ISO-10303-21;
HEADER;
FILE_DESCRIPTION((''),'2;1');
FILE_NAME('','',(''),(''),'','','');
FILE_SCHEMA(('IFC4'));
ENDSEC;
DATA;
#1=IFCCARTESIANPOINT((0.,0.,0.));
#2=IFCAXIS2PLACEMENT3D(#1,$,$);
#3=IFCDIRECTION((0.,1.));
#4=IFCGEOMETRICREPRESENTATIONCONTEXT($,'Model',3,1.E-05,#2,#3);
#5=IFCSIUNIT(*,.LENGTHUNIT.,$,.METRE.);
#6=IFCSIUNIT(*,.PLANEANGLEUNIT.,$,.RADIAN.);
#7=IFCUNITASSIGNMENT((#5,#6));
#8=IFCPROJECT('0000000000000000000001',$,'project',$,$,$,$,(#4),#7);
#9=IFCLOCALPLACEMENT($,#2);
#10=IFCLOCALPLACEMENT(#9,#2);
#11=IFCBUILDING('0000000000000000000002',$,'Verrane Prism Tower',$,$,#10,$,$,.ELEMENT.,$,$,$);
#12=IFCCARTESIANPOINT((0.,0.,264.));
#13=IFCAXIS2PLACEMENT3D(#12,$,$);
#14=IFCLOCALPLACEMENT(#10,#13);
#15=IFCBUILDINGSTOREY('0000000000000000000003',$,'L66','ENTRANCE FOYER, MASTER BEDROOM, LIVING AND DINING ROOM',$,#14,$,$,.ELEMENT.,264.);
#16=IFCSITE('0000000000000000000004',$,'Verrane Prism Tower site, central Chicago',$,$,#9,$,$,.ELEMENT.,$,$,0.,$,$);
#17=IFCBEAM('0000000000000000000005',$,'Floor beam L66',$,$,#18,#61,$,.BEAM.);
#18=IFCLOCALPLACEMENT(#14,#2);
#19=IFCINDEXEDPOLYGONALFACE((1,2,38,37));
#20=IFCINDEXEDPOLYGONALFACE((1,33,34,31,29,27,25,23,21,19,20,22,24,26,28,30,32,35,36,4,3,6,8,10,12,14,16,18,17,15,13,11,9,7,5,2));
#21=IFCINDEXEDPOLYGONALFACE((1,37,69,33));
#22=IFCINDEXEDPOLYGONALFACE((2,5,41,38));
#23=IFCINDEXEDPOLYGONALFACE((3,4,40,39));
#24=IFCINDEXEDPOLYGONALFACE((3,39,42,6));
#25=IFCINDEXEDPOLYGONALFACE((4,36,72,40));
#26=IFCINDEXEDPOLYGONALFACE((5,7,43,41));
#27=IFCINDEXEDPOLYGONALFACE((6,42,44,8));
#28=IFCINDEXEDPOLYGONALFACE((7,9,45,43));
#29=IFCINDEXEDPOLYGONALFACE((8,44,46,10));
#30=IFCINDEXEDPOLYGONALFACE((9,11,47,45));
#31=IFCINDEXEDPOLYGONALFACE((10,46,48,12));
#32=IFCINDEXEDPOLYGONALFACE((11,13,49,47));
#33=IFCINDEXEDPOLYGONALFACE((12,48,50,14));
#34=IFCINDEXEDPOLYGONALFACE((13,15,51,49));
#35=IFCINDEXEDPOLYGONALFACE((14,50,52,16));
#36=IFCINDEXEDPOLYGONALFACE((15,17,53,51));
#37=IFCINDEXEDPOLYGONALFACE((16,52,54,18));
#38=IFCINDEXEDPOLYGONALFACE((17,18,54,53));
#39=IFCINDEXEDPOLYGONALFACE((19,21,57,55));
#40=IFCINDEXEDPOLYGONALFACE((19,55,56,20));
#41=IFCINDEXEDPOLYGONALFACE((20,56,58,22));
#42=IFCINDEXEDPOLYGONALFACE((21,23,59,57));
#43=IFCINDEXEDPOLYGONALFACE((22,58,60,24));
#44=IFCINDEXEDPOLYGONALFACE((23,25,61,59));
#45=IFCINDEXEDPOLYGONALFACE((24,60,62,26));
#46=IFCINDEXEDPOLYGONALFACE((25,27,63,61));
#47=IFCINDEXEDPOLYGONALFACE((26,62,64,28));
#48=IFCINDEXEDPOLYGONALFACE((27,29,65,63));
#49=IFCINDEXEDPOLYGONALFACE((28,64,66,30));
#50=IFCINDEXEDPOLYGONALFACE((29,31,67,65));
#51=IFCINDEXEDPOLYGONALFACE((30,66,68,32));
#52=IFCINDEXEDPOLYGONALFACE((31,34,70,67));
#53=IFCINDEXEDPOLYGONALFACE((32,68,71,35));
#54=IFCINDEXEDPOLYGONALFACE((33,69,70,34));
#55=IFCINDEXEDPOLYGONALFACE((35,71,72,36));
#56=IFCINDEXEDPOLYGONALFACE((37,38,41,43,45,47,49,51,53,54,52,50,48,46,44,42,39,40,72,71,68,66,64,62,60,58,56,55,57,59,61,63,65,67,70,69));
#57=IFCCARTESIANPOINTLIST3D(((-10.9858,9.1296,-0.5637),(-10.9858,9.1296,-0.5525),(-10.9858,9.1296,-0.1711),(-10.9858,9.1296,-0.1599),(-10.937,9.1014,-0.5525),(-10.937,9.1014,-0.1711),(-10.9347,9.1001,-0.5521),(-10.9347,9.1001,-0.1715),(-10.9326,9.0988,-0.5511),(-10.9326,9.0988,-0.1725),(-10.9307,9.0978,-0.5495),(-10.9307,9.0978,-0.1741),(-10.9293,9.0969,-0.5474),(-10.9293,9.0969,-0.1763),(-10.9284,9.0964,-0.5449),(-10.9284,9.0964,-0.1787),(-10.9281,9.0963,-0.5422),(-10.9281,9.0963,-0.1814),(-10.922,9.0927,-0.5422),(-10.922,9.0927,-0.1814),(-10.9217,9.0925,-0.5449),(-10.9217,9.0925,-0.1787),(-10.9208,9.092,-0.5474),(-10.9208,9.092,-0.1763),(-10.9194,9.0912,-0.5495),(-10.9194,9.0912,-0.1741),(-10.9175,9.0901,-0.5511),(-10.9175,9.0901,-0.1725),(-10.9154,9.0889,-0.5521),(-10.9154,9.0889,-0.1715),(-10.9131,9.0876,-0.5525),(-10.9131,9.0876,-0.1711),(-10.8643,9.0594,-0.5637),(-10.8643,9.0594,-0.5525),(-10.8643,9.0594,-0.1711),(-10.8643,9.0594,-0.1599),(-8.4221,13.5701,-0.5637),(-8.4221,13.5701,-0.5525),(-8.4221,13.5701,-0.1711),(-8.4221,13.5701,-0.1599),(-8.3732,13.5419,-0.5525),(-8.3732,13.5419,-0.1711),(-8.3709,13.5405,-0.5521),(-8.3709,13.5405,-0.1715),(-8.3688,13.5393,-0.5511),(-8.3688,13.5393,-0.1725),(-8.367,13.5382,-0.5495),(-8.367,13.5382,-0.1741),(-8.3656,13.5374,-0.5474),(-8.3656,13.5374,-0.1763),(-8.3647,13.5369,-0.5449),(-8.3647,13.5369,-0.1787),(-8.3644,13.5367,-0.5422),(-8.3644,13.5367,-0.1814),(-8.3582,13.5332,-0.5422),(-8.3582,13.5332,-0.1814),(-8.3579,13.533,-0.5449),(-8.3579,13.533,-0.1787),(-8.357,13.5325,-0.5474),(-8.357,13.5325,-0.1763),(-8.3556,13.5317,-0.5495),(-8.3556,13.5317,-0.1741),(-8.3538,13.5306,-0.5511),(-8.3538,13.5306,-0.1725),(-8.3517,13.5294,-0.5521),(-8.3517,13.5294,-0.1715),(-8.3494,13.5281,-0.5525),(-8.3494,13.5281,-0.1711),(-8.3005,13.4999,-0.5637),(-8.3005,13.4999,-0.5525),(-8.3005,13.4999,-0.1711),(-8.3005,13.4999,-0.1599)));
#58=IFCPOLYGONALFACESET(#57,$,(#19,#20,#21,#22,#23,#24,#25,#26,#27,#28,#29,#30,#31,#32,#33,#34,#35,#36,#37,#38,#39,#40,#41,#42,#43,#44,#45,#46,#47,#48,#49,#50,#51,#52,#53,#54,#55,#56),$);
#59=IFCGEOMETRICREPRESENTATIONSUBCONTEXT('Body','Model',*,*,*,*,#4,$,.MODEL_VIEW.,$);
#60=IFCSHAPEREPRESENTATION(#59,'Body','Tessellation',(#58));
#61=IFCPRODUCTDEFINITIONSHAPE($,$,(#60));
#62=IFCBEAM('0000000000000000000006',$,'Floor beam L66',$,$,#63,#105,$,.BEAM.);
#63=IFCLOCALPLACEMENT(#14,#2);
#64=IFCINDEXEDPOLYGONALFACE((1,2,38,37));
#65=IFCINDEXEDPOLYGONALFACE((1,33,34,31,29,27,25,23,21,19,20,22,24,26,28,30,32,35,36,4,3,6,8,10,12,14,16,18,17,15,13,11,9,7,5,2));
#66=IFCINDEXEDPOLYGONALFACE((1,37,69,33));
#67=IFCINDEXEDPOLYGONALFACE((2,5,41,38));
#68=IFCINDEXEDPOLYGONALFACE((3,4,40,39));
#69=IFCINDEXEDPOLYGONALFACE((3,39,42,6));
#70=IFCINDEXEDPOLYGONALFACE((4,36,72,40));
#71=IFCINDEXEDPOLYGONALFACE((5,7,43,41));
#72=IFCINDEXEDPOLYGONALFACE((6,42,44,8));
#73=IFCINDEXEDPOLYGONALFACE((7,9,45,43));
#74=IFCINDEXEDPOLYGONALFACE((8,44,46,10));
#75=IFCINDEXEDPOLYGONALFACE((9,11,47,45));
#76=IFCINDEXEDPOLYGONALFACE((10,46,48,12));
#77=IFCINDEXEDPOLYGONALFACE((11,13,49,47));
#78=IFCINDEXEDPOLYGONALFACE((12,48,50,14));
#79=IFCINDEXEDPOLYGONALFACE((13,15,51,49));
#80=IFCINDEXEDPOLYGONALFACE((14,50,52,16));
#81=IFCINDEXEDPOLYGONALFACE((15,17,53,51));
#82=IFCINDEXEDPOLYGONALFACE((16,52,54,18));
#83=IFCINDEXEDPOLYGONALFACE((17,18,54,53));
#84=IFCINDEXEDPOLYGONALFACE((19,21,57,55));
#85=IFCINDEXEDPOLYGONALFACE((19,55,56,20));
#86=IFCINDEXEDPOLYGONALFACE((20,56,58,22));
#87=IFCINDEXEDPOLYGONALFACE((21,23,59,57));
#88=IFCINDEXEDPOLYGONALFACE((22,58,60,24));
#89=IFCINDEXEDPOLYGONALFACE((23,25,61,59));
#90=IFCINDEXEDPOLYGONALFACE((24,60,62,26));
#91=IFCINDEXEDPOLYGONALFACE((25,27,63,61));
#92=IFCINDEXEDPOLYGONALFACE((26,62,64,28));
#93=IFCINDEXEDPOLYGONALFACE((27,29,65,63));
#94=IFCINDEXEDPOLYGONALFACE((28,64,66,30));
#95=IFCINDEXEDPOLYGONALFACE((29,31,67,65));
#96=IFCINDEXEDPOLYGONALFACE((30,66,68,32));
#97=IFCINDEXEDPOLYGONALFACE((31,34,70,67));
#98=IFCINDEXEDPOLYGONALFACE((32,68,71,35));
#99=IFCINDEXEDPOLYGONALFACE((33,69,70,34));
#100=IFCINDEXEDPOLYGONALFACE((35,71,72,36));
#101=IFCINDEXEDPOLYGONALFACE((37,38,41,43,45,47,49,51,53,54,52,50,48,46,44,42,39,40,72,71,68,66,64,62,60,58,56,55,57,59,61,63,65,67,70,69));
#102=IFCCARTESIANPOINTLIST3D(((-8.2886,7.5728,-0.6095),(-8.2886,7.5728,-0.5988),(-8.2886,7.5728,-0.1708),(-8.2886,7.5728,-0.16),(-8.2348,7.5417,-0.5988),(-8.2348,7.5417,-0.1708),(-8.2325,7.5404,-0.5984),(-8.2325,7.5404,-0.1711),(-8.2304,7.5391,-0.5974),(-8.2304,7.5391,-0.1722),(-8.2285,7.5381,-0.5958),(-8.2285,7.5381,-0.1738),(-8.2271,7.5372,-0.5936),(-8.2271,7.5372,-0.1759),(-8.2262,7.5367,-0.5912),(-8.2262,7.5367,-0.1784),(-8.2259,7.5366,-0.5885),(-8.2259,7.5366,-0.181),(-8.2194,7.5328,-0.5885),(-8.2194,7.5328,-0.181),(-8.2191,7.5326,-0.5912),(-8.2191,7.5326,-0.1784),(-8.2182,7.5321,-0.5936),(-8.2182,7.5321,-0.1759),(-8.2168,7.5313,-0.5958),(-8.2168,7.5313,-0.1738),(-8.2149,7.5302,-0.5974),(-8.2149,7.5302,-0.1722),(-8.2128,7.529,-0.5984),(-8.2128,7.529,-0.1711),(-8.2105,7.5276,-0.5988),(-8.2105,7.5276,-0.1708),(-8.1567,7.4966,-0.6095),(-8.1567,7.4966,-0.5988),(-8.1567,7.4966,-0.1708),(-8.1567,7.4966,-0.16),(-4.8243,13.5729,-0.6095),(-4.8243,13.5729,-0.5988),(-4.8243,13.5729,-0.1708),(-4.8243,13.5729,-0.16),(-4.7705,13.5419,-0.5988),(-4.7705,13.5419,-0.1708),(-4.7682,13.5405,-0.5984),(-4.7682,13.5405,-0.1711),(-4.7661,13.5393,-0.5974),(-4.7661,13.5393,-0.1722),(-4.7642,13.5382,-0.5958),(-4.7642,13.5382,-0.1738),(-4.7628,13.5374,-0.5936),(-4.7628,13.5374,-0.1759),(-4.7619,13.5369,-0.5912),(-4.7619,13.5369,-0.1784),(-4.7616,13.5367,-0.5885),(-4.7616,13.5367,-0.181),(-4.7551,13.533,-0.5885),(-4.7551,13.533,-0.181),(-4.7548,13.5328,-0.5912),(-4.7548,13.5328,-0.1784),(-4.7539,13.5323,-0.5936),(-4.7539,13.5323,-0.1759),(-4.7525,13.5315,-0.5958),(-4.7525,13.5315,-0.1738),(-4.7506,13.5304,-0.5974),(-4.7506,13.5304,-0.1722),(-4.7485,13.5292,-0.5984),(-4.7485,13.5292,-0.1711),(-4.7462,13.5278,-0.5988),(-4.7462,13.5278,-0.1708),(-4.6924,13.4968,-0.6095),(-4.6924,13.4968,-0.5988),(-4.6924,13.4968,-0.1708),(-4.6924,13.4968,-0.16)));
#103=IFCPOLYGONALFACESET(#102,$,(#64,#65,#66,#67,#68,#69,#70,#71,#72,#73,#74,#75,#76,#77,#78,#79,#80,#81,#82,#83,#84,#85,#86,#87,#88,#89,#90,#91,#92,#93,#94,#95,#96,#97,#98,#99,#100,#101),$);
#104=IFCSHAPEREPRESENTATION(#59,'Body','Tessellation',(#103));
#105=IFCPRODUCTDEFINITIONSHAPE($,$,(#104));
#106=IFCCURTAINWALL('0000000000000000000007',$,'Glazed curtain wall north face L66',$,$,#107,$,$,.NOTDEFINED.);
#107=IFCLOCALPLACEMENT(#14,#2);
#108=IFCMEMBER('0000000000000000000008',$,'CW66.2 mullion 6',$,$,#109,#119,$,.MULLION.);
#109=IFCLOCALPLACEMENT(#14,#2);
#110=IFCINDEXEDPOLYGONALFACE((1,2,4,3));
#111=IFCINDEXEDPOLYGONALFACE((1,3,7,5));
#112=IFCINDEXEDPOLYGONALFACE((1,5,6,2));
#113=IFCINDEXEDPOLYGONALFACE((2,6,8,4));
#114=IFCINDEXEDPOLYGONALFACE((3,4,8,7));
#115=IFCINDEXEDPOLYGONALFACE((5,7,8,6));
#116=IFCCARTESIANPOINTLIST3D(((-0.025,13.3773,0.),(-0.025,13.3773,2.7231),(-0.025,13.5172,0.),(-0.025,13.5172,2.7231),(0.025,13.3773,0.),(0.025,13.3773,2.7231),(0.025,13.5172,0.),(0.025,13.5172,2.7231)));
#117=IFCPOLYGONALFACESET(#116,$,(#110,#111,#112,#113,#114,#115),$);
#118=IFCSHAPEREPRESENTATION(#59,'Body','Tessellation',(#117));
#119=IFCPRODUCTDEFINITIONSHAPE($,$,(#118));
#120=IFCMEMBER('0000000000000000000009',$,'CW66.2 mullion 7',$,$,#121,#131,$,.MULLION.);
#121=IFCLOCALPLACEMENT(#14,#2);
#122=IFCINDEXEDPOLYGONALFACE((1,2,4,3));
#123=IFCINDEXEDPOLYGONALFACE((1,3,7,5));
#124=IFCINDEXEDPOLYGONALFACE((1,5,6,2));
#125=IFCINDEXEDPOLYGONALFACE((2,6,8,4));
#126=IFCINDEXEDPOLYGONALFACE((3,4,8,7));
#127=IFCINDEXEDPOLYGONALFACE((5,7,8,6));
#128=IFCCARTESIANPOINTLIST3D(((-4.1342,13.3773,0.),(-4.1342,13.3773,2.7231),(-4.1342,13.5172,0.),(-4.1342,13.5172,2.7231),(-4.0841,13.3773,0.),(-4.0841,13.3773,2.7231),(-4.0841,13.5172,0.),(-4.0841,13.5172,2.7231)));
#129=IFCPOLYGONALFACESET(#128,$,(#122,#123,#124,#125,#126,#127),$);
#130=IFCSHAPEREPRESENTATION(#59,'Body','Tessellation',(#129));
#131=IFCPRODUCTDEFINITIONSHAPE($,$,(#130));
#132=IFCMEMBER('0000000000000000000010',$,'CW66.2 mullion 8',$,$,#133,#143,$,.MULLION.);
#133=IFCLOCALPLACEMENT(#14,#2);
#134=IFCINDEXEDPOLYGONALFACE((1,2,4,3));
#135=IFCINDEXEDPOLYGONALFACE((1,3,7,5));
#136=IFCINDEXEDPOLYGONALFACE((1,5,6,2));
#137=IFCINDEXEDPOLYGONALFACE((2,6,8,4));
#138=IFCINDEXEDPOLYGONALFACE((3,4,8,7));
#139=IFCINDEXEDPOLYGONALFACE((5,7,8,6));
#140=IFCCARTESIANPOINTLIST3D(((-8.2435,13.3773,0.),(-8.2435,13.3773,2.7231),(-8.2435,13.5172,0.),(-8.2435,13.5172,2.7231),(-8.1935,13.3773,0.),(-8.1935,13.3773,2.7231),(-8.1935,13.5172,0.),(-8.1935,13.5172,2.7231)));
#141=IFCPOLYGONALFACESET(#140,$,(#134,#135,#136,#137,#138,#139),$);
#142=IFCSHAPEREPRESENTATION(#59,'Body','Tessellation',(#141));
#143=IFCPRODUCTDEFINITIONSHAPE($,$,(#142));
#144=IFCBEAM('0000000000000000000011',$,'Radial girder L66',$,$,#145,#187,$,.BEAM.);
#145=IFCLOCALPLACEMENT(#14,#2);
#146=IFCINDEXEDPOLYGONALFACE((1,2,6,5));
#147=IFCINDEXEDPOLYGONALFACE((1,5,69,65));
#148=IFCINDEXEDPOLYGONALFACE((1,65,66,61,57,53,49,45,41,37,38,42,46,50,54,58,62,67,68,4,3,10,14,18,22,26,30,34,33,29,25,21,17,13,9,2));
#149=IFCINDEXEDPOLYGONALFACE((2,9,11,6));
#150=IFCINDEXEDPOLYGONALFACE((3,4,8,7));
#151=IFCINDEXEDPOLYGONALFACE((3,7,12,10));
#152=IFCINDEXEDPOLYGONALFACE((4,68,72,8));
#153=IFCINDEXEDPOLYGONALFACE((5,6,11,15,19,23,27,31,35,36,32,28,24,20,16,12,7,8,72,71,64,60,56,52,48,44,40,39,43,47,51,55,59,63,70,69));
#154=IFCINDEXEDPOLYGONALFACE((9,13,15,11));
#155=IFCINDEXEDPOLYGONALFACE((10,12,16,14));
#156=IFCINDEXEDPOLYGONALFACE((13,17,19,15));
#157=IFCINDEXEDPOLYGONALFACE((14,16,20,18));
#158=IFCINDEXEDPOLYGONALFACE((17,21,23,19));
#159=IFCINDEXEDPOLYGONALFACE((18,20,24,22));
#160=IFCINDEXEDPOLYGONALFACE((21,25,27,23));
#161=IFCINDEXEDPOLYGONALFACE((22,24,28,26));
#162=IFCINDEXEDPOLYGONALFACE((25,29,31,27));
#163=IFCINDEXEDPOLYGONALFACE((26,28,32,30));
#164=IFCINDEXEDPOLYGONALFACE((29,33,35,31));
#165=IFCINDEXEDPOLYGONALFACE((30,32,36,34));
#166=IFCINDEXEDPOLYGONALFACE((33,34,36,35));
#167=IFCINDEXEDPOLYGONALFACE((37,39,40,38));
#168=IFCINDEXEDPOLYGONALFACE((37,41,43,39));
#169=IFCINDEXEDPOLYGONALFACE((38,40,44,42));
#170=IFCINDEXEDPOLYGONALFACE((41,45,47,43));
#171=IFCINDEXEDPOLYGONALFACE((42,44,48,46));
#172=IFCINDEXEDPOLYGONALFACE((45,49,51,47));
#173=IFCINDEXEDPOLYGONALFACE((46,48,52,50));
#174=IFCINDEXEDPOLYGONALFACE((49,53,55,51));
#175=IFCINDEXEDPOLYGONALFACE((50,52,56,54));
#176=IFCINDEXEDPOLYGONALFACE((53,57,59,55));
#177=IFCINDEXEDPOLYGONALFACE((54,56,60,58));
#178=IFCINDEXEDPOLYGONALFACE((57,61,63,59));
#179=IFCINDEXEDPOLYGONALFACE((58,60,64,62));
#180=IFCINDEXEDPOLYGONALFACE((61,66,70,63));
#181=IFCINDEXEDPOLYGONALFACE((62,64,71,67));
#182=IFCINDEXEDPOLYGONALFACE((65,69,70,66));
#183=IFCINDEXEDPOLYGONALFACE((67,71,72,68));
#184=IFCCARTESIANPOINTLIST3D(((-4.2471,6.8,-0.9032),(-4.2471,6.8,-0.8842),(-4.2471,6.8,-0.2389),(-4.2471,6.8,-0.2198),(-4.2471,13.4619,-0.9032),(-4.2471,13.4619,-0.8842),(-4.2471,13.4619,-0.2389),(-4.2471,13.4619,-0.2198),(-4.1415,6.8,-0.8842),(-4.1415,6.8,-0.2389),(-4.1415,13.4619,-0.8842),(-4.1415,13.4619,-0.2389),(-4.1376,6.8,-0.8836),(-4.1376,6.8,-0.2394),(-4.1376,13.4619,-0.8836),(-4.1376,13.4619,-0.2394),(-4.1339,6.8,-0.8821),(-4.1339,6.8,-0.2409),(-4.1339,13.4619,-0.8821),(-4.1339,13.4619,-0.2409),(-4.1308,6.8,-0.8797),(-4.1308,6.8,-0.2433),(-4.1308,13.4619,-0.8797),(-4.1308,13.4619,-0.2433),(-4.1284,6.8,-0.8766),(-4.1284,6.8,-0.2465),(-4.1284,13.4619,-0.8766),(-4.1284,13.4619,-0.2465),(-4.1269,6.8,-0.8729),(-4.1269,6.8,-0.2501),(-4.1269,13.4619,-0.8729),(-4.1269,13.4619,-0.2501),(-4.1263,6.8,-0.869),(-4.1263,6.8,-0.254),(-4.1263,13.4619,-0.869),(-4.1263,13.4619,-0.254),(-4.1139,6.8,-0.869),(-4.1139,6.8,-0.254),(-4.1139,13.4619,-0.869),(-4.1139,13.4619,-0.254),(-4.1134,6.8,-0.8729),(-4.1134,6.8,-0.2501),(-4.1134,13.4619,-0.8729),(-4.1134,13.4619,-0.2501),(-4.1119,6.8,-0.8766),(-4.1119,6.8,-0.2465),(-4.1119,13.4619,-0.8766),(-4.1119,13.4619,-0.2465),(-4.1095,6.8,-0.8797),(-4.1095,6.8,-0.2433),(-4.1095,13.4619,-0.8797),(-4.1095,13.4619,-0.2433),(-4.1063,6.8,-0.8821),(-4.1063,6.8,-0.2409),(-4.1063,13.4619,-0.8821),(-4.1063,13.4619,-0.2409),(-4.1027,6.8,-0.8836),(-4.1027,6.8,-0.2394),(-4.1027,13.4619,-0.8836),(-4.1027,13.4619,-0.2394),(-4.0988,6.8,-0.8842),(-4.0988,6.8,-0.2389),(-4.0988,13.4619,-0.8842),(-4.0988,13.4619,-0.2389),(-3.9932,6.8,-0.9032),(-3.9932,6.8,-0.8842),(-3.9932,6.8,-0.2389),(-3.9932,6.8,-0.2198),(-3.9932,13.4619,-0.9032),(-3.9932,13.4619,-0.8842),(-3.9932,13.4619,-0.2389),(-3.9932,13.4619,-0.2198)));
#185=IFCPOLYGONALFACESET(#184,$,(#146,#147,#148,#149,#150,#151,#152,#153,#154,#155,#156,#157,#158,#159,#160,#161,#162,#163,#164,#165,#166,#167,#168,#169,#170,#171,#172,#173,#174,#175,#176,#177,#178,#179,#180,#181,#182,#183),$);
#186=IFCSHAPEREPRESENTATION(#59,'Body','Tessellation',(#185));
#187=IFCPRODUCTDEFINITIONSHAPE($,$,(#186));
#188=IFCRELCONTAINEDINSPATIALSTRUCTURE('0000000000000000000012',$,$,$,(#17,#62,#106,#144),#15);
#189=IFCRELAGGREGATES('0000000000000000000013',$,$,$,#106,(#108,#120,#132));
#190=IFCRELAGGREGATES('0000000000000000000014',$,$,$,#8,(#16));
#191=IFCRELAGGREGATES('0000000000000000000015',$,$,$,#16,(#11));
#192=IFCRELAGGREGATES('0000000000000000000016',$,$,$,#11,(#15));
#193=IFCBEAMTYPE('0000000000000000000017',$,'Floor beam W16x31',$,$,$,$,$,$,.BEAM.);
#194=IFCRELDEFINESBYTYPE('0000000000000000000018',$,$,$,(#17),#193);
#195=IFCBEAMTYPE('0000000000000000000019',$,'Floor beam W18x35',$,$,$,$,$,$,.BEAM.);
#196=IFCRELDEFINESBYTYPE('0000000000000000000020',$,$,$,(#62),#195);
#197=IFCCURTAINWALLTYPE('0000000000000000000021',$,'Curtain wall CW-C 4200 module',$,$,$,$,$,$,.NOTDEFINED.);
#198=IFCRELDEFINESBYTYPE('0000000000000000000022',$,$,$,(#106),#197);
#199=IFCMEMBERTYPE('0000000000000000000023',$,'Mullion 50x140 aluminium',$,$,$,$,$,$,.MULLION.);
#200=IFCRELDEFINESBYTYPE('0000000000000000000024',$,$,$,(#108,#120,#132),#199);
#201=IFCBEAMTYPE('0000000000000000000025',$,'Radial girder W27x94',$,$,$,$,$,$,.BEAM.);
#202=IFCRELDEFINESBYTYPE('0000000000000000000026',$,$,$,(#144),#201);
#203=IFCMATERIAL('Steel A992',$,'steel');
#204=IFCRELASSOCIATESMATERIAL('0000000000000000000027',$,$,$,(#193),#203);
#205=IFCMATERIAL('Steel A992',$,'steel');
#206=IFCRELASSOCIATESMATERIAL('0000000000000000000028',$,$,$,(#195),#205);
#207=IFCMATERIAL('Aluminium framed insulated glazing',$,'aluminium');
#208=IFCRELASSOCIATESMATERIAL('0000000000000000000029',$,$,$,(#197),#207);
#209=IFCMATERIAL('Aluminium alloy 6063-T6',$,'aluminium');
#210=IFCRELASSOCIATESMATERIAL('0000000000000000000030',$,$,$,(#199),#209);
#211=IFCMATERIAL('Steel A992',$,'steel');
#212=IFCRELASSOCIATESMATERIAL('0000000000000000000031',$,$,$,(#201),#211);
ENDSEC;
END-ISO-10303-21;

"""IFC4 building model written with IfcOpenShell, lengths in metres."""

from ifc_helpers import new_model, si_unit, direction, frame, origin, origin_2d, place, context, subcontext, project, spatial, rectangle, i_section, extrude, material, material_profile, profile_set, type_object, element, aggregate, save


model = new_model("IFC4")

# Units and contexts
model_context = context("Model", 3, precision=1e-05, world=origin(), true_north=direction((0.0, 1.0)))
body_context = subcontext(model_context, "Body", "Model", "MODEL_VIEW")
ifc_project = project(units=[si_unit("LENGTHUNIT", "METRE"), si_unit("PLANEANGLEUNIT", "RADIAN")], contexts=[model_context])

# Site, building, storey
site_placement = place(None, origin())
site = spatial("IfcSite", under=ifc_project, at=site_placement, Name="Verrane Prism Tower site, central Chicago", CompositionType="ELEMENT", RefElevation=0.0)
building_placement = place(site_placement, origin())
building = spatial("IfcBuilding", under=site, at=building_placement, Name="Verrane Prism Tower", CompositionType="ELEMENT")
storey_placement = place(building_placement, frame((0.0, 0.0, 264.0)))
storey = spatial("IfcBuildingStorey", under=building, at=storey_placement, Name="L66", Description="ENTRANCE FOYER, MASTER BEDROOM, LIVING AND DINING ROOM", CompositionType="ELEMENT", Elevation=264.0)

# Beams
ifc_material_1 = material(Name="Steel A992", Category="steel")
ifc_material_profile_1 = material_profile(ifc_material_1, i_section(OverallWidth=0.1404, OverallDepth=0.4038, WebThickness=0.0071, FlangeThickness=0.0112, FilletRadius=0.0103, at=origin_2d()), Name="W16x31")
ifc_profile_set_1 = profile_set([ifc_material_profile_1], Name="Steel A992")
beam_type_1 = type_object("IfcBeamType", Name="Floor beam W16x31", PredefinedType="BEAM", material=ifc_profile_set_1)
beam_1_placement = place(storey_placement, frame((-10.925, 9.0945, -0.3618), z_axis=(0.500005, 0.866022, 0.0), x_axis=(-0.866022, 0.500005, 0.0)))
element("IfcBeam", 1, at=beam_1_placement, inside=storey, type_object=beam_type_1, Name="Floor beam L66", PredefinedType="BEAM", context=body_context, shape_type="SweptSolid", body=[
    extrude(i_section(OverallWidth=0.1404, OverallDepth=0.4038, WebThickness=0.0071, FlangeThickness=0.0112, FilletRadius=0.0103, at=origin_2d()), origin(), (0.0, 0.0, 1.0), 5.1274),
])
ifc_material_2 = material(Name="Steel A992", Category="steel")
ifc_material_profile_2 = material_profile(ifc_material_2, i_section(OverallWidth=0.1523, OverallDepth=0.4495, WebThickness=0.0076, FlangeThickness=0.0107, FilletRadius=0.0103, at=origin_2d()), Name="W18x35")
ifc_profile_set_2 = profile_set([ifc_material_profile_2], Name="Steel A992")
beam_type_2 = type_object("IfcBeamType", Name="Floor beam W18x35", PredefinedType="BEAM", material=ifc_profile_set_2)
beam_2_placement = place(storey_placement, frame((-8.2227, 7.5347, -0.3848), z_axis=(0.500012, 0.866018, 0.0), x_axis=(-0.866018, 0.500012, 0.0)))
element("IfcBeam", 2, at=beam_2_placement, inside=storey, type_object=beam_type_2, Name="Floor beam L66", PredefinedType="BEAM", context=body_context, shape_type="SweptSolid", body=[
    extrude(i_section(OverallWidth=0.1523, OverallDepth=0.4495, WebThickness=0.0076, FlangeThickness=0.0107, FilletRadius=0.0103, at=origin_2d()), origin(), (0.0, 0.0, 1.0), 6.9285),
])

# Curtain wall, members
ifc_material_3 = material(Name="Aluminium framed insulated glazing", Category="aluminium")
curtain_wall_type = type_object("IfcCurtainWallType", Name="Curtain wall CW-C 4200 module", PredefinedType="NOTDEFINED", material=ifc_material_3)
curtain_wall_placement = place(storey_placement, origin())
curtain_wall = element("IfcCurtainWall", 3, at=curtain_wall_placement, inside=storey, type_object=curtain_wall_type, Name="Glazed curtain wall north face L66", PredefinedType="NOTDEFINED")
ifc_material_4 = material(Name="Aluminium alloy 6063-T6", Category="aluminium")
ifc_material_profile_3 = material_profile(ifc_material_4, rectangle(XDim=0.1399, YDim=0.05, at=origin_2d()), Name="Mullion 50x140 aluminium")
ifc_profile_set_3 = profile_set([ifc_material_profile_3], Name="Aluminium alloy 6063-T6")
member_type_1 = type_object("IfcMemberType", Name="Mullion 50x140 aluminium", PredefinedType="MULLION", material=ifc_profile_set_3)
member_1_placement = place(storey_placement, frame((0.0, 13.4473, 0.0), z_axis=(0.0, 0.0, 1.0), x_axis=(0.0, -1.0, 0.0)))
member_1 = element("IfcMember", 4, at=member_1_placement, type_object=member_type_1, Name="CW66.2 mullion 6", PredefinedType="MULLION", context=body_context, shape_type="SweptSolid", body=[
    extrude(rectangle(XDim=0.1399, YDim=0.05, at=origin_2d()), origin(), (0.0, 0.0, 1.0), 2.7231),
])
member_2_placement = place(storey_placement, frame((-4.1091, 13.4473, 0.0), z_axis=(0.0, 0.0, 1.0), x_axis=(0.0, -1.0, 0.0)))
member_2 = element("IfcMember", 5, at=member_2_placement, type_object=member_type_1, Name="CW66.2 mullion 7", PredefinedType="MULLION", context=body_context, shape_type="SweptSolid", body=[
    extrude(rectangle(XDim=0.1399, YDim=0.05, at=origin_2d()), origin(), (0.0, 0.0, 1.0), 2.7231),
])
member_3_placement = place(storey_placement, frame((-8.2185, 13.4473, 0.0), z_axis=(0.0, 0.0, 1.0), x_axis=(0.0, -1.0, 0.0)))
member_3 = element("IfcMember", 6, at=member_3_placement, type_object=member_type_1, Name="CW66.2 mullion 8", PredefinedType="MULLION", context=body_context, shape_type="SweptSolid", body=[
    extrude(rectangle(XDim=0.1399, YDim=0.05, at=origin_2d()), origin(), (0.0, 0.0, 1.0), 2.7231),
])

# Beam
ifc_material_5 = material(Name="Steel A992", Category="steel")
ifc_material_profile_4 = material_profile(ifc_material_5, i_section(OverallWidth=0.2539, OverallDepth=0.6833, WebThickness=0.0125, FlangeThickness=0.019, FilletRadius=0.0151, at=origin_2d()), Name="W27x94")
ifc_profile_set_4 = profile_set([ifc_material_profile_4], Name="Steel A992")
beam_type_3 = type_object("IfcBeamType", Name="Radial girder W27x94", PredefinedType="BEAM", material=ifc_profile_set_4)
beam_3_placement = place(storey_placement, frame((-4.1201, 13.4619, -0.5615), z_axis=(0.0, -1.0, 0.0), x_axis=(1.0, 0.0, 0.0)))
element("IfcBeam", 7, at=beam_3_placement, inside=storey, type_object=beam_type_3, Name="Radial girder L66", PredefinedType="BEAM", context=body_context, shape_type="SweptSolid", body=[
    extrude(i_section(OverallWidth=0.2539, OverallDepth=0.6833, WebThickness=0.0125, FlangeThickness=0.019, FilletRadius=0.0151, at=origin_2d()), origin(), (0.0, 0.0, 1.0), 6.6619),
])

aggregate(curtain_wall, [member_1, member_2, member_3])

save(model, "model.ifc")
